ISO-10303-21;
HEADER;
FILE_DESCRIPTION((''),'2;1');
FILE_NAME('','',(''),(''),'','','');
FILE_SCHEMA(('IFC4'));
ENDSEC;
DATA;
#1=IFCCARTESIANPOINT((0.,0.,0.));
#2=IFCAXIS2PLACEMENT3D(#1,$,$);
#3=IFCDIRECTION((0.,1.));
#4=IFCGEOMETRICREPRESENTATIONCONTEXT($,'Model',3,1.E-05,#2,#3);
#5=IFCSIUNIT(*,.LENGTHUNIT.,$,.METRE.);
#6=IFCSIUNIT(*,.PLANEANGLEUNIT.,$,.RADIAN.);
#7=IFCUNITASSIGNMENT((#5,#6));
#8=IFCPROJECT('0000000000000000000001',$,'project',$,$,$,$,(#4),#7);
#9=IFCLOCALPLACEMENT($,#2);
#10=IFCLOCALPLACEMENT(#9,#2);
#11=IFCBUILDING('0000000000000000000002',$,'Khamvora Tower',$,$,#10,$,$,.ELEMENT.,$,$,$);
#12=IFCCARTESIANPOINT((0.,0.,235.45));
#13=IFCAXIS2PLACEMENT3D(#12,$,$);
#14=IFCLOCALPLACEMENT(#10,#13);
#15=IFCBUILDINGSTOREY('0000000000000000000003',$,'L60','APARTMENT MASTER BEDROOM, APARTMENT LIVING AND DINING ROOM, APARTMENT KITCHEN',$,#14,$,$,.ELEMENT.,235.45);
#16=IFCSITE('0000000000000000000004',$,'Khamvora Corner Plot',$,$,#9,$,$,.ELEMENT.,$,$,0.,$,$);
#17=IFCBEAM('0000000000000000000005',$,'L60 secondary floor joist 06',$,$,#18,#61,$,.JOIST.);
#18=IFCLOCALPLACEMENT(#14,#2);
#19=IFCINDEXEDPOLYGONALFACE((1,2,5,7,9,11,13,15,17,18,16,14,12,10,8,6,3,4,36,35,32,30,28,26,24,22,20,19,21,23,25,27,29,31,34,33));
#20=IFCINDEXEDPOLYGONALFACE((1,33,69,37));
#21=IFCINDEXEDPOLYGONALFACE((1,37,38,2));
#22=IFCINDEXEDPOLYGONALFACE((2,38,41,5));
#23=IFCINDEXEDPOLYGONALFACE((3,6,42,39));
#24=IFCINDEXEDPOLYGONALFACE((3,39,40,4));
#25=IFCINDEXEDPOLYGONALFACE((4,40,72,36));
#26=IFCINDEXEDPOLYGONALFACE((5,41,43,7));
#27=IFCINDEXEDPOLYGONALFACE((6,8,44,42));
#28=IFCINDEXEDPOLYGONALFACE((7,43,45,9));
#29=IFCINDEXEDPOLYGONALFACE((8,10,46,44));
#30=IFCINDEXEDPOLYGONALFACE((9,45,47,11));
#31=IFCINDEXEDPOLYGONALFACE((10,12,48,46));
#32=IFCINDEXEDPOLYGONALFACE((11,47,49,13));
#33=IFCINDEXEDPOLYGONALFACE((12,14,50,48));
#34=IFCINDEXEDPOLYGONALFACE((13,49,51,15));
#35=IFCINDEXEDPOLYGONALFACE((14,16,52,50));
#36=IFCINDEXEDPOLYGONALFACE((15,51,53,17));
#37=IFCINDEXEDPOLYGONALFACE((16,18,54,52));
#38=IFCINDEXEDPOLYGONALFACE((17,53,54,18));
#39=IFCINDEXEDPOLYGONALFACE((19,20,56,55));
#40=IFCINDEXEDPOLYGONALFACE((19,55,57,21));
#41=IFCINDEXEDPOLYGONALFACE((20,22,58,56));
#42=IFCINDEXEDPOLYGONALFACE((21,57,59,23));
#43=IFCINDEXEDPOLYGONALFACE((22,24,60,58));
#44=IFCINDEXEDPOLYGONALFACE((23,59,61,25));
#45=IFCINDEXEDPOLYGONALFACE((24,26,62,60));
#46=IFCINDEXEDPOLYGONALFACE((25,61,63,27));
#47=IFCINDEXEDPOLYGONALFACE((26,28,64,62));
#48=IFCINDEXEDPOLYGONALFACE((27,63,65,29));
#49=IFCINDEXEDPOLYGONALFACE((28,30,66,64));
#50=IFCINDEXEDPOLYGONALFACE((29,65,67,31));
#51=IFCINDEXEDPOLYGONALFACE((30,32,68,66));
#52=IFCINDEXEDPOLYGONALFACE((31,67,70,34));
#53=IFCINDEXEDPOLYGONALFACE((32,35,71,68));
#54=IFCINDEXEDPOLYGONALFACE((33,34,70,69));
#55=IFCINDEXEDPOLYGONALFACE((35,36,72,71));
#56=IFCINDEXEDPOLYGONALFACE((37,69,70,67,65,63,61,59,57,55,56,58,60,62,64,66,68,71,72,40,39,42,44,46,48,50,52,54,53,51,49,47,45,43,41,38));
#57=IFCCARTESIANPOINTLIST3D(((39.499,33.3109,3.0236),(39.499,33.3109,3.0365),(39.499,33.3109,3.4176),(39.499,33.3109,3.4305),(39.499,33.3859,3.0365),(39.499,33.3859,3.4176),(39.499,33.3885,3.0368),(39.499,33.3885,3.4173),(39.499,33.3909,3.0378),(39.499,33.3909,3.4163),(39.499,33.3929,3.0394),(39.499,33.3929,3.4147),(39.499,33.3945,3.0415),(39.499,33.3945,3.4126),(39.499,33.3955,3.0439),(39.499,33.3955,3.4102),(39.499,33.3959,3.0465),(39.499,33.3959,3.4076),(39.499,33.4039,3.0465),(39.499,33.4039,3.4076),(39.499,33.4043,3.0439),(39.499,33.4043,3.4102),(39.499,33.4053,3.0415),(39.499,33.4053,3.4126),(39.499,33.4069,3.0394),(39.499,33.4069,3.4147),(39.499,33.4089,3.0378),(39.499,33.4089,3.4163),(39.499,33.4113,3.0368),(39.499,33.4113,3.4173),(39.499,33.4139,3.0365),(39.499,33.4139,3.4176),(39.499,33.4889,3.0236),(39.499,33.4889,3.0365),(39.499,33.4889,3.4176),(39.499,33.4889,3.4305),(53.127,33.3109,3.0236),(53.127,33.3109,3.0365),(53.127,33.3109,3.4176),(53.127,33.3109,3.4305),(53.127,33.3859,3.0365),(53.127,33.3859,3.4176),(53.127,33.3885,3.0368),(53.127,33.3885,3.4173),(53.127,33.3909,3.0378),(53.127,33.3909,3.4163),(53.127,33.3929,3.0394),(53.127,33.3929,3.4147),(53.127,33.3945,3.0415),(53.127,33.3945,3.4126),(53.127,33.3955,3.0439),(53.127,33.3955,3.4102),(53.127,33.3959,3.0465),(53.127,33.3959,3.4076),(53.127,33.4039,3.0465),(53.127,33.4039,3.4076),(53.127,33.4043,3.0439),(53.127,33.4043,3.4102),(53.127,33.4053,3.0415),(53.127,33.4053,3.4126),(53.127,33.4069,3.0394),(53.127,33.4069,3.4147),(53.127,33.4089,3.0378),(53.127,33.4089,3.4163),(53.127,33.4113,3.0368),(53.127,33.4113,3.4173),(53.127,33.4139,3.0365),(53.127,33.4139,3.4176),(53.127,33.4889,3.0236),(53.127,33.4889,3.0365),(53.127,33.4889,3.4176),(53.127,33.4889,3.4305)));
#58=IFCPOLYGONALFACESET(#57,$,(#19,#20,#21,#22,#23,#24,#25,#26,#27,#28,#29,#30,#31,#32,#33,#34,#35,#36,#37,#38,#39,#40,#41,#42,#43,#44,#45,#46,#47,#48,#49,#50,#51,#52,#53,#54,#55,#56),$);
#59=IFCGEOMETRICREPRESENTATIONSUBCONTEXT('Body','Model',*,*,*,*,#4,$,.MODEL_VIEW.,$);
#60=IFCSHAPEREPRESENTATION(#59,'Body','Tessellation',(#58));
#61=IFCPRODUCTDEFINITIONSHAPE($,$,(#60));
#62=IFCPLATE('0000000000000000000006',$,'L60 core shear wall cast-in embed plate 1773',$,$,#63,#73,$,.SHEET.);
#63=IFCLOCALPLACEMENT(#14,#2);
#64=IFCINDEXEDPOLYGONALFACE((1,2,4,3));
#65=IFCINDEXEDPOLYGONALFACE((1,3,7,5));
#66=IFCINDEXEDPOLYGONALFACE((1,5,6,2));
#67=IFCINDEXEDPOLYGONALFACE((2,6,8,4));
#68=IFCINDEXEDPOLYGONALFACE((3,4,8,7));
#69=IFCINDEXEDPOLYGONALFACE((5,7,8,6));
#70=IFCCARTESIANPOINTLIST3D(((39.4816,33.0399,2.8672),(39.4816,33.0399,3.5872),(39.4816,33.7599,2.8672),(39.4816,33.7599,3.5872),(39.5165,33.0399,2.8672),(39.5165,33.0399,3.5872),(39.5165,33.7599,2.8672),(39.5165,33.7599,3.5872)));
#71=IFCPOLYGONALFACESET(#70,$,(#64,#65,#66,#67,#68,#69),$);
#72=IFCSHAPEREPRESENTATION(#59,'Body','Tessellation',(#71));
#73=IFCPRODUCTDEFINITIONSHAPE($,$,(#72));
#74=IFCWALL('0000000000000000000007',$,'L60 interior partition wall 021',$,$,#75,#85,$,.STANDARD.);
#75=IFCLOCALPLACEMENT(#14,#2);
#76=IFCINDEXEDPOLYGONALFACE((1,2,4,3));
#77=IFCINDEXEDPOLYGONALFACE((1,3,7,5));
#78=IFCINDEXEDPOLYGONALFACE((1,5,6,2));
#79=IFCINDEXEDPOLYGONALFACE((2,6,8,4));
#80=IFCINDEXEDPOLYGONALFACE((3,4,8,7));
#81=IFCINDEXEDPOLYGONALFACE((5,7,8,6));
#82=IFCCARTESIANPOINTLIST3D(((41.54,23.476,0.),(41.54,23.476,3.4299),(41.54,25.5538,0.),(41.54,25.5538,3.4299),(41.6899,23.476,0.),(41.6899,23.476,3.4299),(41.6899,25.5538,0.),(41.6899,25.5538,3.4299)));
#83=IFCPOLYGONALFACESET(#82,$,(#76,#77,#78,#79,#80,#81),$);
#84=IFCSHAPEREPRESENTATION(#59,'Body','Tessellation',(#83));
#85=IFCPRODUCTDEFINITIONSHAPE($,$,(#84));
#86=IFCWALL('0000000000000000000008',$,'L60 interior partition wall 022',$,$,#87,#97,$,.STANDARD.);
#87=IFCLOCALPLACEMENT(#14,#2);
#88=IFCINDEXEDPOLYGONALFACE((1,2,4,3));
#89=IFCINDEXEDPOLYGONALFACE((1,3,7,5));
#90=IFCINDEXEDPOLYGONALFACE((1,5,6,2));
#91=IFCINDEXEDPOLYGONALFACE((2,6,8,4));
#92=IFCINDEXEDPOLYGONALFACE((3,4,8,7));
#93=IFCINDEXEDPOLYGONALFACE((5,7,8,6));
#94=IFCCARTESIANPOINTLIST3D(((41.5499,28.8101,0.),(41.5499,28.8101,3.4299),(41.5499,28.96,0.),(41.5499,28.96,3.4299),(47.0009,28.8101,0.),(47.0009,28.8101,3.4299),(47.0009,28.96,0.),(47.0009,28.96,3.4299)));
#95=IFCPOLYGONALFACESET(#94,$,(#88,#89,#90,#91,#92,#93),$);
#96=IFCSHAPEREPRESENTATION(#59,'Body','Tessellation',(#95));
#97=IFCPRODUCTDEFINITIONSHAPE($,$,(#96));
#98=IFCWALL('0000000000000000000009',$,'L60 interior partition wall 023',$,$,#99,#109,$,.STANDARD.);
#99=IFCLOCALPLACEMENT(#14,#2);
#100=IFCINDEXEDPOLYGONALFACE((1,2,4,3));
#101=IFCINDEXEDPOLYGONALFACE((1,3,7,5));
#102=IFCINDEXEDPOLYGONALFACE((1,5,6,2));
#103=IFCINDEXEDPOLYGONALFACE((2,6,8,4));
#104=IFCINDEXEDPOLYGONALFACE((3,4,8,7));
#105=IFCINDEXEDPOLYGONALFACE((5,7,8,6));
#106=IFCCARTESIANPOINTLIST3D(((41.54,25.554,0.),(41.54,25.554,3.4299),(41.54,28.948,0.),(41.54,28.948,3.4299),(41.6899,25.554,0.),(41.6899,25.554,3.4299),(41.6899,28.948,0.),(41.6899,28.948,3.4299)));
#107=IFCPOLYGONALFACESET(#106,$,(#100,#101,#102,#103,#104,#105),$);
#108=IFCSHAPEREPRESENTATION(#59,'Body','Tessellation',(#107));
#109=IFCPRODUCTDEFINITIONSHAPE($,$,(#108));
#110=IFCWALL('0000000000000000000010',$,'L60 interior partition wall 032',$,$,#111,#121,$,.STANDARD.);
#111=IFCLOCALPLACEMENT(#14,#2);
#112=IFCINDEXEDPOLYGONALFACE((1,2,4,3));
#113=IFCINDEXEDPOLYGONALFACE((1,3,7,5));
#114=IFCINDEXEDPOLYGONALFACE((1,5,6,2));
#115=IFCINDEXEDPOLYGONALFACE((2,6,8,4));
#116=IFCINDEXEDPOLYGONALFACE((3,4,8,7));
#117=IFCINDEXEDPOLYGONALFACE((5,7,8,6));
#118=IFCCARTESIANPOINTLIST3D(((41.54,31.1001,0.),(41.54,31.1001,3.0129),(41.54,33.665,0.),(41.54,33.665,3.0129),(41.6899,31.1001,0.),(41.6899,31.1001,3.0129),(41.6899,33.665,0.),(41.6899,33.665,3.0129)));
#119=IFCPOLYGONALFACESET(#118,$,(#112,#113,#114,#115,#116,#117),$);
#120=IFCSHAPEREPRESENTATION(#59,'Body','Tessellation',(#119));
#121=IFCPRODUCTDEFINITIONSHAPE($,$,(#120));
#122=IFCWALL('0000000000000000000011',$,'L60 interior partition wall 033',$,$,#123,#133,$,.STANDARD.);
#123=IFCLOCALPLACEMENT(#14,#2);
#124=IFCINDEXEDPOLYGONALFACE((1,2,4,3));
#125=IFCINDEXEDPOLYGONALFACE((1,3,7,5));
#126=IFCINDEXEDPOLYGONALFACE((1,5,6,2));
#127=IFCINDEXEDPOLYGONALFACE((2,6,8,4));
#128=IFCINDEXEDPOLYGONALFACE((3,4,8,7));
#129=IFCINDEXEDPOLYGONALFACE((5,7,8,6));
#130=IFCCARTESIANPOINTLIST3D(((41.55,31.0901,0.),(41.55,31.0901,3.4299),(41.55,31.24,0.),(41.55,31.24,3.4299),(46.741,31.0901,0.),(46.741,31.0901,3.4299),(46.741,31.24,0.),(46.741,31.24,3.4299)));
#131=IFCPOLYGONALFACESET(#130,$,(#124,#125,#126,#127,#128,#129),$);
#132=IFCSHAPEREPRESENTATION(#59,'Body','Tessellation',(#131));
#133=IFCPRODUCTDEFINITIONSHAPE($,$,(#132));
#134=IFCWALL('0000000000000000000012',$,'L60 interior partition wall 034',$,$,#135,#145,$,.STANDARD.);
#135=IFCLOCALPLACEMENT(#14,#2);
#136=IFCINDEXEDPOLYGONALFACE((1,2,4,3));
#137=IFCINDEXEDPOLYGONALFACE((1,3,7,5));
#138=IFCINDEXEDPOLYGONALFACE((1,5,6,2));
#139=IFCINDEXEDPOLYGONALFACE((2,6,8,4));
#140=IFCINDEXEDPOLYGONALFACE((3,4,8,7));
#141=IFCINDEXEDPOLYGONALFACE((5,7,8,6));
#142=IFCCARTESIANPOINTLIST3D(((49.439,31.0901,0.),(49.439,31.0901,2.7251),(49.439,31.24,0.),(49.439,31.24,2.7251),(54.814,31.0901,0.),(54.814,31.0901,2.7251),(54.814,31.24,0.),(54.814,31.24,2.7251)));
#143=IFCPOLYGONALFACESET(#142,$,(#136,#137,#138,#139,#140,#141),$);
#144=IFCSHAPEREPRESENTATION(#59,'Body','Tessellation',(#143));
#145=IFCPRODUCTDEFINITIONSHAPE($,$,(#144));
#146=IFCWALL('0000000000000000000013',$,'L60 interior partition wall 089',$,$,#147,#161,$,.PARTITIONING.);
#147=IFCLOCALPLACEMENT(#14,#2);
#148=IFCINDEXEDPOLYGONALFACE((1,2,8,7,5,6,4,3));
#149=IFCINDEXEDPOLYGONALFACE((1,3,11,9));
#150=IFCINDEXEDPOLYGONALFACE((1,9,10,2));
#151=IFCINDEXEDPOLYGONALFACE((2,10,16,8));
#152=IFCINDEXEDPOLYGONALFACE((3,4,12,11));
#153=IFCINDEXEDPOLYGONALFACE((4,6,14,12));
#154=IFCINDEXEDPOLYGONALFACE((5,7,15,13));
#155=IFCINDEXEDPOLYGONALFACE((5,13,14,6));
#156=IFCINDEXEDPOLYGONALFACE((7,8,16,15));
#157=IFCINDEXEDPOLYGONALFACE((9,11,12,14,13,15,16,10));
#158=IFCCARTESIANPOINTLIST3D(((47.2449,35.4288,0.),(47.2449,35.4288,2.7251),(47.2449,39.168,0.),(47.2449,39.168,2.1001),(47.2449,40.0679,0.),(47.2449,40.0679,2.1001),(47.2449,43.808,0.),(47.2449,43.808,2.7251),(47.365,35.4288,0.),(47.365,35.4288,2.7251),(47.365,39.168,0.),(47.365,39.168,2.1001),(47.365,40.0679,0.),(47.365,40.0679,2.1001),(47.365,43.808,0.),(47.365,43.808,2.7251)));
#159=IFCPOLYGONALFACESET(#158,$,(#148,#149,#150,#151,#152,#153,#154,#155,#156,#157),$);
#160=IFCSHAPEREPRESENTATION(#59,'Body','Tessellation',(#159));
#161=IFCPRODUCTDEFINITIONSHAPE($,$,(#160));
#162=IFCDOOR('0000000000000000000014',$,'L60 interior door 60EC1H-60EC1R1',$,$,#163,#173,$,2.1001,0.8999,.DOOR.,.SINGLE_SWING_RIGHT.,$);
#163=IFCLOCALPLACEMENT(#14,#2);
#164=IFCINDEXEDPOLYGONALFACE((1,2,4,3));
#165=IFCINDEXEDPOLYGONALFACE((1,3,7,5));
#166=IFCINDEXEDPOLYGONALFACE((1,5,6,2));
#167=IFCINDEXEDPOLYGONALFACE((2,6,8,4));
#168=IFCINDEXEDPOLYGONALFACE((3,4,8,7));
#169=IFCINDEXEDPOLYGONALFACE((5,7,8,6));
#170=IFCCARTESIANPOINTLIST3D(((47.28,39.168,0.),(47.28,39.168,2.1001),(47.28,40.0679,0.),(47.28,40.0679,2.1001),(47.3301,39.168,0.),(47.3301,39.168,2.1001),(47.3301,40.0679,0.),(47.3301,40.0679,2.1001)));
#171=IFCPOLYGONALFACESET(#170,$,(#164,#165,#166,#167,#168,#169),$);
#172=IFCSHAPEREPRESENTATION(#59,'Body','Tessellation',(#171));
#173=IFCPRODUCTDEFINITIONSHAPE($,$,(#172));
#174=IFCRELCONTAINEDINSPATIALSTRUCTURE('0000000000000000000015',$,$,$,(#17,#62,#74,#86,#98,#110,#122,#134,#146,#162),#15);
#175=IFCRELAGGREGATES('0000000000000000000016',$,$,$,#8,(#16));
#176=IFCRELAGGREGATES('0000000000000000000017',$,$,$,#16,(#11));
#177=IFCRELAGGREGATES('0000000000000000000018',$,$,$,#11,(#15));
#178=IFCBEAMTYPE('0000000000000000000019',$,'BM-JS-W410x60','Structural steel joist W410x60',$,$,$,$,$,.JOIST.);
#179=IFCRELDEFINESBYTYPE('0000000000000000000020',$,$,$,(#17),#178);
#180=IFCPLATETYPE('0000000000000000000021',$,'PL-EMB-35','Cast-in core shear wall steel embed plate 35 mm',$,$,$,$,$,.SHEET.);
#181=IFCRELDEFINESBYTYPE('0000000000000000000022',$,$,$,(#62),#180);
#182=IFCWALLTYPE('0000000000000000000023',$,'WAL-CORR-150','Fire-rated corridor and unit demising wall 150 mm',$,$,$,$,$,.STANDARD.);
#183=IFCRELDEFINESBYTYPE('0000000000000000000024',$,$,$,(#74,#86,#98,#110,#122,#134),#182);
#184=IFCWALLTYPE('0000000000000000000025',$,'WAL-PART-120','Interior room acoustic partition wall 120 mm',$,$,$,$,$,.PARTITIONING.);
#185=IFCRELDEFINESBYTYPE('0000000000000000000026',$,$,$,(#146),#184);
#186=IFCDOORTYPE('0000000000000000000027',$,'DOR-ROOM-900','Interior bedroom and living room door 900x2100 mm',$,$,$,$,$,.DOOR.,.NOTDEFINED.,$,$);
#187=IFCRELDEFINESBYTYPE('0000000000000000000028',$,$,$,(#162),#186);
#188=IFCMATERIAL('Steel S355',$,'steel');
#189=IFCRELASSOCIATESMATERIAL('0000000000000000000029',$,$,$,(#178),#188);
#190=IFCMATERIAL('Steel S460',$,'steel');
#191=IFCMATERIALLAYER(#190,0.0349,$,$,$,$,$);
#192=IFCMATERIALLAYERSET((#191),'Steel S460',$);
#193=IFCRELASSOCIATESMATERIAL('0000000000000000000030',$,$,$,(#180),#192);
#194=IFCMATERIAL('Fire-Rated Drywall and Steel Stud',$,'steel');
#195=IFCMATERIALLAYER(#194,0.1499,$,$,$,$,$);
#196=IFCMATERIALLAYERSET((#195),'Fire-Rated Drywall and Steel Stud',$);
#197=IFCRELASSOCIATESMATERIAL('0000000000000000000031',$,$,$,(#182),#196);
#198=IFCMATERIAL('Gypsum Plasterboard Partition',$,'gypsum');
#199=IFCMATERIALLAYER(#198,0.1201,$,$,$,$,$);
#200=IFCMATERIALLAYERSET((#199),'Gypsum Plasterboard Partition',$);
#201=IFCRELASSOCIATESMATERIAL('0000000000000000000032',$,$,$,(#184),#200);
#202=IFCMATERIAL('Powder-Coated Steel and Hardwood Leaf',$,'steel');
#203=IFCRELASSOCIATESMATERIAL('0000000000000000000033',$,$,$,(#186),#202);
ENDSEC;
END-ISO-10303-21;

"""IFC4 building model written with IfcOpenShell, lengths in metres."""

from ifc_helpers import new_model, si_unit, direction, frame, frame_2d, origin, origin_2d, place, context, subcontext, project, spatial, rectangle, i_section, extrude, material, layer, layer_set, material_profile, profile_set, type_object, element, fill, save


model = new_model("IFC4")

# Units and contexts
model_context = context("Model", 3, precision=1e-05, world=origin(), true_north=direction((0.0, 1.0)))
body_context = subcontext(model_context, "Body", "Model", "MODEL_VIEW")
ifc_project = project(units=[si_unit("LENGTHUNIT", "METRE"), si_unit("PLANEANGLEUNIT", "RADIAN")], contexts=[model_context])

# Site, building, storey
site_placement = place(None, origin())
site = spatial("IfcSite", under=ifc_project, at=site_placement, Name="Khamvora Corner Plot", CompositionType="ELEMENT", RefElevation=0.0)
building_placement = place(site_placement, origin())
building = spatial("IfcBuilding", under=site, at=building_placement, Name="Khamvora Tower", CompositionType="ELEMENT")
storey_placement = place(building_placement, frame((0.0, 0.0, 235.45)))
storey = spatial("IfcBuildingStorey", under=building, at=storey_placement, Name="L60", Description="APARTMENT MASTER BEDROOM, APARTMENT LIVING AND DINING ROOM, APARTMENT KITCHEN", CompositionType="ELEMENT", Elevation=235.45)

# Beam
ifc_material_1 = material(Name="Steel S355", Category="steel")
ifc_material_profile = material_profile(ifc_material_1, i_section(OverallWidth=0.178, OverallDepth=0.407, WebThickness=0.0081, FlangeThickness=0.0129, FilletRadius=0.01, at=origin_2d()), Name="W410x60")
ifc_profile_set = profile_set([ifc_material_profile], Name="Steel S355")
beam_type = type_object("IfcBeamType", Name="BM-JS-W410x60", Description="Structural steel joist W410x60", PredefinedType="JOIST", material=ifc_profile_set)
beam_placement = place(storey_placement, frame((39.499, 33.3999, 3.2271), z_axis=(1.0, 0.0, 0.0), x_axis=(0.0, 1.0, 0.0)))
element("IfcBeam", 1, at=beam_placement, inside=storey, type_object=beam_type, Name="L60 secondary floor joist 06", PredefinedType="JOIST", context=body_context, shape_type="SweptSolid", body=[
    extrude(i_section(OverallWidth=0.178, OverallDepth=0.407, WebThickness=0.0081, FlangeThickness=0.0129, FilletRadius=0.01, at=origin_2d()), origin(), (0.0, 0.0, 1.0), 13.6279),
])

# Plate
ifc_material_2 = material(Name="Steel S460", Category="steel")
ifc_layer_1 = layer(ifc_material_2, 0.0349)
ifc_layer_set_1 = layer_set([ifc_layer_1], Name="Steel S460")
plate_type = type_object("IfcPlateType", Name="PL-EMB-35", Description="Cast-in core shear wall steel embed plate 35 mm", PredefinedType="SHEET", material=ifc_layer_set_1)
plate_placement = place(storey_placement, frame((39.499, 33.3999, 2.8672), z_axis=(0.0, 0.0, 1.0), x_axis=(1.0, 0.0, 0.0)))
element("IfcPlate", 2, at=plate_placement, inside=storey, type_object=plate_type, Name="L60 core shear wall cast-in embed plate 1773", PredefinedType="SHEET", context=body_context, shape_type="SweptSolid", body=[
    extrude(rectangle(XDim=0.0349, YDim=0.72, at=origin_2d()), origin(), (0.0, 0.0, 1.0), 0.72),
])

# Shared definitions
ifc_material_3 = material(Name="Fire-Rated Drywall and Steel Stud", Category="steel")
ifc_layer_2 = layer(ifc_material_3, 0.1499)
ifc_layer_set_2 = layer_set([ifc_layer_2], Name="Fire-Rated Drywall and Steel Stud")
wall_type_1 = type_object("IfcWallType", Name="WAL-CORR-150", Description="Fire-rated corridor and unit demising wall 150 mm", PredefinedType="STANDARD", material=ifc_layer_set_2)
ifc_material_4 = material(Name="Powder-Coated Steel and Hardwood Leaf", Category="steel")

# Walls
wall_1_placement = place(storey_placement, frame((41.615, 25.554, 0.0), z_axis=(0.0, 0.0, 1.0), x_axis=(0.0, -1.0, 0.0)))
element("IfcWall", 3, at=wall_1_placement, inside=storey, type_object=wall_type_1, Name="L60 interior partition wall 021", PredefinedType="STANDARD", context=body_context, shape_type="SweptSolid", body=[
    extrude(rectangle(XDim=2.0779, YDim=0.1499, at=frame_2d((1.0391, 0.0))), origin(), (0.0, 0.0, 1.0), 3.4299),
])
wall_2_placement = place(storey_placement, frame((47.001, 28.885, 0.0), z_axis=(0.0, 0.0, 1.0), x_axis=(-1.0, 0.0, 0.0)))
element("IfcWall", 4, at=wall_2_placement, inside=storey, type_object=wall_type_1, Name="L60 interior partition wall 022", PredefinedType="STANDARD", context=body_context, shape_type="SweptSolid", body=[
    extrude(rectangle(XDim=5.4509, YDim=0.1499, at=frame_2d((2.7256, 0.0))), origin(), (0.0, 0.0, 1.0), 3.4299),
])
wall_3_placement = place(storey_placement, frame((41.615, 28.948, 0.0), z_axis=(0.0, 0.0, 1.0), x_axis=(0.0, -1.0, 0.0)))
element("IfcWall", 5, at=wall_3_placement, inside=storey, type_object=wall_type_1, Name="L60 interior partition wall 023", PredefinedType="STANDARD", context=body_context, shape_type="SweptSolid", body=[
    extrude(rectangle(XDim=3.394, YDim=0.1499, at=frame_2d((1.697, 0.0))), origin(), (0.0, 0.0, 1.0), 3.4299),
])

# Walls
wall_4_placement = place(storey_placement, frame((41.615, 33.665, 0.0), z_axis=(0.0, 0.0, 1.0), x_axis=(0.0, -1.0, 0.0)))
element("IfcWall", 6, at=wall_4_placement, inside=storey, type_object=wall_type_1, Name="L60 interior partition wall 032", PredefinedType="STANDARD", context=body_context, shape_type="SweptSolid", body=[
    extrude(rectangle(XDim=2.5649, YDim=0.1499, at=frame_2d((1.2825, 0.0))), origin(), (0.0, 0.0, 1.0), 3.0129),
])
wall_5_placement = place(storey_placement, frame((41.55, 31.165, 0.0), z_axis=(0.0, 0.0, 1.0), x_axis=(1.0, 0.0, 0.0)))
element("IfcWall", 7, at=wall_5_placement, inside=storey, type_object=wall_type_1, Name="L60 interior partition wall 033", PredefinedType="STANDARD", context=body_context, shape_type="SweptSolid", body=[
    extrude(rectangle(XDim=5.1909, YDim=0.1499, at=frame_2d((2.5955, 0.0))), origin(), (0.0, 0.0, 1.0), 3.4299),
])
wall_6_placement = place(storey_placement, frame((49.439, 31.165, 0.0), z_axis=(0.0, 0.0, 1.0), x_axis=(1.0, 0.0, 0.0)))
element("IfcWall", 8, at=wall_6_placement, inside=storey, type_object=wall_type_1, Name="L60 interior partition wall 034", PredefinedType="STANDARD", context=body_context, shape_type="SweptSolid", body=[
    extrude(rectangle(XDim=5.375, YDim=0.1499, at=frame_2d((2.6875, 0.0))), origin(), (0.0, 0.0, 1.0), 2.7251),
])

# Wall, opening, door
ifc_material_5 = material(Name="Gypsum Plasterboard Partition", Category="gypsum")
ifc_layer_3 = layer(ifc_material_5, 0.1201)
ifc_layer_set_3 = layer_set([ifc_layer_3], Name="Gypsum Plasterboard Partition")
wall_type_2 = type_object("IfcWallType", Name="WAL-PART-120", Description="Interior room acoustic partition wall 120 mm", PredefinedType="PARTITIONING", material=ifc_layer_set_3)
wall_7_placement = place(storey_placement, frame((47.3049, 35.429, 0.0), z_axis=(0.0, 0.0, 1.0), x_axis=(0.0, 1.0, 0.0)))
wall_7 = element("IfcWall", 9, at=wall_7_placement, inside=storey, type_object=wall_type_2, Name="L60 interior partition wall 089", PredefinedType="PARTITIONING", context=body_context, shape_type="SweptSolid", body=[
    extrude(rectangle(XDim=8.3792, YDim=0.1201, at=frame_2d((4.1895, 0.0))), origin(), (0.0, 0.0, 1.0), 2.7251),
])
opening_1_placement = place(wall_7_placement, frame((3.739, 0.0, 0.0)))
opening_1 = element("IfcOpeningElement", 10, at=opening_1_placement, cuts=wall_7, PredefinedType="OPENING", context=body_context, shape_type="SweptSolid", body=[
    extrude(rectangle(XDim=0.8999, YDim=2.1001, at=frame_2d((0.45, 1.05))), frame((0.0, 0.0701, 0.0), z_axis=(0.0, -1.0, 0.0), x_axis=(1.0, 0.0, 0.0)), (0.0, 0.0, 1.0), 0.1401),
])
door_type_1 = type_object("IfcDoorType", Name="DOR-ROOM-900", Description="Interior bedroom and living room door 900x2100 mm", OperationType="NOTDEFINED", PredefinedType="DOOR", material=ifc_material_4)
door_1_placement = place(opening_1_placement, origin())
door_1 = element("IfcDoor", 11, at=door_1_placement, inside=storey, type_object=door_type_1, Name="L60 interior door 60EC1H-60EC1R1", OperationType="SINGLE_SWING_RIGHT", OverallHeight=2.1001, OverallWidth=0.8999, PredefinedType="DOOR", context=body_context, shape_type="SweptSolid", body=[
    extrude(rectangle(XDim=0.8999, YDim=2.1001, at=frame_2d((0.45, 1.05))), frame((0.0, 0.0249, 0.0), z_axis=(0.0, -1.0, 0.0), x_axis=(1.0, 0.0, 0.0)), (0.0, 0.0, 1.0), 0.05),
])
fill(opening_1, door_1)

save(model, "model.ifc")
